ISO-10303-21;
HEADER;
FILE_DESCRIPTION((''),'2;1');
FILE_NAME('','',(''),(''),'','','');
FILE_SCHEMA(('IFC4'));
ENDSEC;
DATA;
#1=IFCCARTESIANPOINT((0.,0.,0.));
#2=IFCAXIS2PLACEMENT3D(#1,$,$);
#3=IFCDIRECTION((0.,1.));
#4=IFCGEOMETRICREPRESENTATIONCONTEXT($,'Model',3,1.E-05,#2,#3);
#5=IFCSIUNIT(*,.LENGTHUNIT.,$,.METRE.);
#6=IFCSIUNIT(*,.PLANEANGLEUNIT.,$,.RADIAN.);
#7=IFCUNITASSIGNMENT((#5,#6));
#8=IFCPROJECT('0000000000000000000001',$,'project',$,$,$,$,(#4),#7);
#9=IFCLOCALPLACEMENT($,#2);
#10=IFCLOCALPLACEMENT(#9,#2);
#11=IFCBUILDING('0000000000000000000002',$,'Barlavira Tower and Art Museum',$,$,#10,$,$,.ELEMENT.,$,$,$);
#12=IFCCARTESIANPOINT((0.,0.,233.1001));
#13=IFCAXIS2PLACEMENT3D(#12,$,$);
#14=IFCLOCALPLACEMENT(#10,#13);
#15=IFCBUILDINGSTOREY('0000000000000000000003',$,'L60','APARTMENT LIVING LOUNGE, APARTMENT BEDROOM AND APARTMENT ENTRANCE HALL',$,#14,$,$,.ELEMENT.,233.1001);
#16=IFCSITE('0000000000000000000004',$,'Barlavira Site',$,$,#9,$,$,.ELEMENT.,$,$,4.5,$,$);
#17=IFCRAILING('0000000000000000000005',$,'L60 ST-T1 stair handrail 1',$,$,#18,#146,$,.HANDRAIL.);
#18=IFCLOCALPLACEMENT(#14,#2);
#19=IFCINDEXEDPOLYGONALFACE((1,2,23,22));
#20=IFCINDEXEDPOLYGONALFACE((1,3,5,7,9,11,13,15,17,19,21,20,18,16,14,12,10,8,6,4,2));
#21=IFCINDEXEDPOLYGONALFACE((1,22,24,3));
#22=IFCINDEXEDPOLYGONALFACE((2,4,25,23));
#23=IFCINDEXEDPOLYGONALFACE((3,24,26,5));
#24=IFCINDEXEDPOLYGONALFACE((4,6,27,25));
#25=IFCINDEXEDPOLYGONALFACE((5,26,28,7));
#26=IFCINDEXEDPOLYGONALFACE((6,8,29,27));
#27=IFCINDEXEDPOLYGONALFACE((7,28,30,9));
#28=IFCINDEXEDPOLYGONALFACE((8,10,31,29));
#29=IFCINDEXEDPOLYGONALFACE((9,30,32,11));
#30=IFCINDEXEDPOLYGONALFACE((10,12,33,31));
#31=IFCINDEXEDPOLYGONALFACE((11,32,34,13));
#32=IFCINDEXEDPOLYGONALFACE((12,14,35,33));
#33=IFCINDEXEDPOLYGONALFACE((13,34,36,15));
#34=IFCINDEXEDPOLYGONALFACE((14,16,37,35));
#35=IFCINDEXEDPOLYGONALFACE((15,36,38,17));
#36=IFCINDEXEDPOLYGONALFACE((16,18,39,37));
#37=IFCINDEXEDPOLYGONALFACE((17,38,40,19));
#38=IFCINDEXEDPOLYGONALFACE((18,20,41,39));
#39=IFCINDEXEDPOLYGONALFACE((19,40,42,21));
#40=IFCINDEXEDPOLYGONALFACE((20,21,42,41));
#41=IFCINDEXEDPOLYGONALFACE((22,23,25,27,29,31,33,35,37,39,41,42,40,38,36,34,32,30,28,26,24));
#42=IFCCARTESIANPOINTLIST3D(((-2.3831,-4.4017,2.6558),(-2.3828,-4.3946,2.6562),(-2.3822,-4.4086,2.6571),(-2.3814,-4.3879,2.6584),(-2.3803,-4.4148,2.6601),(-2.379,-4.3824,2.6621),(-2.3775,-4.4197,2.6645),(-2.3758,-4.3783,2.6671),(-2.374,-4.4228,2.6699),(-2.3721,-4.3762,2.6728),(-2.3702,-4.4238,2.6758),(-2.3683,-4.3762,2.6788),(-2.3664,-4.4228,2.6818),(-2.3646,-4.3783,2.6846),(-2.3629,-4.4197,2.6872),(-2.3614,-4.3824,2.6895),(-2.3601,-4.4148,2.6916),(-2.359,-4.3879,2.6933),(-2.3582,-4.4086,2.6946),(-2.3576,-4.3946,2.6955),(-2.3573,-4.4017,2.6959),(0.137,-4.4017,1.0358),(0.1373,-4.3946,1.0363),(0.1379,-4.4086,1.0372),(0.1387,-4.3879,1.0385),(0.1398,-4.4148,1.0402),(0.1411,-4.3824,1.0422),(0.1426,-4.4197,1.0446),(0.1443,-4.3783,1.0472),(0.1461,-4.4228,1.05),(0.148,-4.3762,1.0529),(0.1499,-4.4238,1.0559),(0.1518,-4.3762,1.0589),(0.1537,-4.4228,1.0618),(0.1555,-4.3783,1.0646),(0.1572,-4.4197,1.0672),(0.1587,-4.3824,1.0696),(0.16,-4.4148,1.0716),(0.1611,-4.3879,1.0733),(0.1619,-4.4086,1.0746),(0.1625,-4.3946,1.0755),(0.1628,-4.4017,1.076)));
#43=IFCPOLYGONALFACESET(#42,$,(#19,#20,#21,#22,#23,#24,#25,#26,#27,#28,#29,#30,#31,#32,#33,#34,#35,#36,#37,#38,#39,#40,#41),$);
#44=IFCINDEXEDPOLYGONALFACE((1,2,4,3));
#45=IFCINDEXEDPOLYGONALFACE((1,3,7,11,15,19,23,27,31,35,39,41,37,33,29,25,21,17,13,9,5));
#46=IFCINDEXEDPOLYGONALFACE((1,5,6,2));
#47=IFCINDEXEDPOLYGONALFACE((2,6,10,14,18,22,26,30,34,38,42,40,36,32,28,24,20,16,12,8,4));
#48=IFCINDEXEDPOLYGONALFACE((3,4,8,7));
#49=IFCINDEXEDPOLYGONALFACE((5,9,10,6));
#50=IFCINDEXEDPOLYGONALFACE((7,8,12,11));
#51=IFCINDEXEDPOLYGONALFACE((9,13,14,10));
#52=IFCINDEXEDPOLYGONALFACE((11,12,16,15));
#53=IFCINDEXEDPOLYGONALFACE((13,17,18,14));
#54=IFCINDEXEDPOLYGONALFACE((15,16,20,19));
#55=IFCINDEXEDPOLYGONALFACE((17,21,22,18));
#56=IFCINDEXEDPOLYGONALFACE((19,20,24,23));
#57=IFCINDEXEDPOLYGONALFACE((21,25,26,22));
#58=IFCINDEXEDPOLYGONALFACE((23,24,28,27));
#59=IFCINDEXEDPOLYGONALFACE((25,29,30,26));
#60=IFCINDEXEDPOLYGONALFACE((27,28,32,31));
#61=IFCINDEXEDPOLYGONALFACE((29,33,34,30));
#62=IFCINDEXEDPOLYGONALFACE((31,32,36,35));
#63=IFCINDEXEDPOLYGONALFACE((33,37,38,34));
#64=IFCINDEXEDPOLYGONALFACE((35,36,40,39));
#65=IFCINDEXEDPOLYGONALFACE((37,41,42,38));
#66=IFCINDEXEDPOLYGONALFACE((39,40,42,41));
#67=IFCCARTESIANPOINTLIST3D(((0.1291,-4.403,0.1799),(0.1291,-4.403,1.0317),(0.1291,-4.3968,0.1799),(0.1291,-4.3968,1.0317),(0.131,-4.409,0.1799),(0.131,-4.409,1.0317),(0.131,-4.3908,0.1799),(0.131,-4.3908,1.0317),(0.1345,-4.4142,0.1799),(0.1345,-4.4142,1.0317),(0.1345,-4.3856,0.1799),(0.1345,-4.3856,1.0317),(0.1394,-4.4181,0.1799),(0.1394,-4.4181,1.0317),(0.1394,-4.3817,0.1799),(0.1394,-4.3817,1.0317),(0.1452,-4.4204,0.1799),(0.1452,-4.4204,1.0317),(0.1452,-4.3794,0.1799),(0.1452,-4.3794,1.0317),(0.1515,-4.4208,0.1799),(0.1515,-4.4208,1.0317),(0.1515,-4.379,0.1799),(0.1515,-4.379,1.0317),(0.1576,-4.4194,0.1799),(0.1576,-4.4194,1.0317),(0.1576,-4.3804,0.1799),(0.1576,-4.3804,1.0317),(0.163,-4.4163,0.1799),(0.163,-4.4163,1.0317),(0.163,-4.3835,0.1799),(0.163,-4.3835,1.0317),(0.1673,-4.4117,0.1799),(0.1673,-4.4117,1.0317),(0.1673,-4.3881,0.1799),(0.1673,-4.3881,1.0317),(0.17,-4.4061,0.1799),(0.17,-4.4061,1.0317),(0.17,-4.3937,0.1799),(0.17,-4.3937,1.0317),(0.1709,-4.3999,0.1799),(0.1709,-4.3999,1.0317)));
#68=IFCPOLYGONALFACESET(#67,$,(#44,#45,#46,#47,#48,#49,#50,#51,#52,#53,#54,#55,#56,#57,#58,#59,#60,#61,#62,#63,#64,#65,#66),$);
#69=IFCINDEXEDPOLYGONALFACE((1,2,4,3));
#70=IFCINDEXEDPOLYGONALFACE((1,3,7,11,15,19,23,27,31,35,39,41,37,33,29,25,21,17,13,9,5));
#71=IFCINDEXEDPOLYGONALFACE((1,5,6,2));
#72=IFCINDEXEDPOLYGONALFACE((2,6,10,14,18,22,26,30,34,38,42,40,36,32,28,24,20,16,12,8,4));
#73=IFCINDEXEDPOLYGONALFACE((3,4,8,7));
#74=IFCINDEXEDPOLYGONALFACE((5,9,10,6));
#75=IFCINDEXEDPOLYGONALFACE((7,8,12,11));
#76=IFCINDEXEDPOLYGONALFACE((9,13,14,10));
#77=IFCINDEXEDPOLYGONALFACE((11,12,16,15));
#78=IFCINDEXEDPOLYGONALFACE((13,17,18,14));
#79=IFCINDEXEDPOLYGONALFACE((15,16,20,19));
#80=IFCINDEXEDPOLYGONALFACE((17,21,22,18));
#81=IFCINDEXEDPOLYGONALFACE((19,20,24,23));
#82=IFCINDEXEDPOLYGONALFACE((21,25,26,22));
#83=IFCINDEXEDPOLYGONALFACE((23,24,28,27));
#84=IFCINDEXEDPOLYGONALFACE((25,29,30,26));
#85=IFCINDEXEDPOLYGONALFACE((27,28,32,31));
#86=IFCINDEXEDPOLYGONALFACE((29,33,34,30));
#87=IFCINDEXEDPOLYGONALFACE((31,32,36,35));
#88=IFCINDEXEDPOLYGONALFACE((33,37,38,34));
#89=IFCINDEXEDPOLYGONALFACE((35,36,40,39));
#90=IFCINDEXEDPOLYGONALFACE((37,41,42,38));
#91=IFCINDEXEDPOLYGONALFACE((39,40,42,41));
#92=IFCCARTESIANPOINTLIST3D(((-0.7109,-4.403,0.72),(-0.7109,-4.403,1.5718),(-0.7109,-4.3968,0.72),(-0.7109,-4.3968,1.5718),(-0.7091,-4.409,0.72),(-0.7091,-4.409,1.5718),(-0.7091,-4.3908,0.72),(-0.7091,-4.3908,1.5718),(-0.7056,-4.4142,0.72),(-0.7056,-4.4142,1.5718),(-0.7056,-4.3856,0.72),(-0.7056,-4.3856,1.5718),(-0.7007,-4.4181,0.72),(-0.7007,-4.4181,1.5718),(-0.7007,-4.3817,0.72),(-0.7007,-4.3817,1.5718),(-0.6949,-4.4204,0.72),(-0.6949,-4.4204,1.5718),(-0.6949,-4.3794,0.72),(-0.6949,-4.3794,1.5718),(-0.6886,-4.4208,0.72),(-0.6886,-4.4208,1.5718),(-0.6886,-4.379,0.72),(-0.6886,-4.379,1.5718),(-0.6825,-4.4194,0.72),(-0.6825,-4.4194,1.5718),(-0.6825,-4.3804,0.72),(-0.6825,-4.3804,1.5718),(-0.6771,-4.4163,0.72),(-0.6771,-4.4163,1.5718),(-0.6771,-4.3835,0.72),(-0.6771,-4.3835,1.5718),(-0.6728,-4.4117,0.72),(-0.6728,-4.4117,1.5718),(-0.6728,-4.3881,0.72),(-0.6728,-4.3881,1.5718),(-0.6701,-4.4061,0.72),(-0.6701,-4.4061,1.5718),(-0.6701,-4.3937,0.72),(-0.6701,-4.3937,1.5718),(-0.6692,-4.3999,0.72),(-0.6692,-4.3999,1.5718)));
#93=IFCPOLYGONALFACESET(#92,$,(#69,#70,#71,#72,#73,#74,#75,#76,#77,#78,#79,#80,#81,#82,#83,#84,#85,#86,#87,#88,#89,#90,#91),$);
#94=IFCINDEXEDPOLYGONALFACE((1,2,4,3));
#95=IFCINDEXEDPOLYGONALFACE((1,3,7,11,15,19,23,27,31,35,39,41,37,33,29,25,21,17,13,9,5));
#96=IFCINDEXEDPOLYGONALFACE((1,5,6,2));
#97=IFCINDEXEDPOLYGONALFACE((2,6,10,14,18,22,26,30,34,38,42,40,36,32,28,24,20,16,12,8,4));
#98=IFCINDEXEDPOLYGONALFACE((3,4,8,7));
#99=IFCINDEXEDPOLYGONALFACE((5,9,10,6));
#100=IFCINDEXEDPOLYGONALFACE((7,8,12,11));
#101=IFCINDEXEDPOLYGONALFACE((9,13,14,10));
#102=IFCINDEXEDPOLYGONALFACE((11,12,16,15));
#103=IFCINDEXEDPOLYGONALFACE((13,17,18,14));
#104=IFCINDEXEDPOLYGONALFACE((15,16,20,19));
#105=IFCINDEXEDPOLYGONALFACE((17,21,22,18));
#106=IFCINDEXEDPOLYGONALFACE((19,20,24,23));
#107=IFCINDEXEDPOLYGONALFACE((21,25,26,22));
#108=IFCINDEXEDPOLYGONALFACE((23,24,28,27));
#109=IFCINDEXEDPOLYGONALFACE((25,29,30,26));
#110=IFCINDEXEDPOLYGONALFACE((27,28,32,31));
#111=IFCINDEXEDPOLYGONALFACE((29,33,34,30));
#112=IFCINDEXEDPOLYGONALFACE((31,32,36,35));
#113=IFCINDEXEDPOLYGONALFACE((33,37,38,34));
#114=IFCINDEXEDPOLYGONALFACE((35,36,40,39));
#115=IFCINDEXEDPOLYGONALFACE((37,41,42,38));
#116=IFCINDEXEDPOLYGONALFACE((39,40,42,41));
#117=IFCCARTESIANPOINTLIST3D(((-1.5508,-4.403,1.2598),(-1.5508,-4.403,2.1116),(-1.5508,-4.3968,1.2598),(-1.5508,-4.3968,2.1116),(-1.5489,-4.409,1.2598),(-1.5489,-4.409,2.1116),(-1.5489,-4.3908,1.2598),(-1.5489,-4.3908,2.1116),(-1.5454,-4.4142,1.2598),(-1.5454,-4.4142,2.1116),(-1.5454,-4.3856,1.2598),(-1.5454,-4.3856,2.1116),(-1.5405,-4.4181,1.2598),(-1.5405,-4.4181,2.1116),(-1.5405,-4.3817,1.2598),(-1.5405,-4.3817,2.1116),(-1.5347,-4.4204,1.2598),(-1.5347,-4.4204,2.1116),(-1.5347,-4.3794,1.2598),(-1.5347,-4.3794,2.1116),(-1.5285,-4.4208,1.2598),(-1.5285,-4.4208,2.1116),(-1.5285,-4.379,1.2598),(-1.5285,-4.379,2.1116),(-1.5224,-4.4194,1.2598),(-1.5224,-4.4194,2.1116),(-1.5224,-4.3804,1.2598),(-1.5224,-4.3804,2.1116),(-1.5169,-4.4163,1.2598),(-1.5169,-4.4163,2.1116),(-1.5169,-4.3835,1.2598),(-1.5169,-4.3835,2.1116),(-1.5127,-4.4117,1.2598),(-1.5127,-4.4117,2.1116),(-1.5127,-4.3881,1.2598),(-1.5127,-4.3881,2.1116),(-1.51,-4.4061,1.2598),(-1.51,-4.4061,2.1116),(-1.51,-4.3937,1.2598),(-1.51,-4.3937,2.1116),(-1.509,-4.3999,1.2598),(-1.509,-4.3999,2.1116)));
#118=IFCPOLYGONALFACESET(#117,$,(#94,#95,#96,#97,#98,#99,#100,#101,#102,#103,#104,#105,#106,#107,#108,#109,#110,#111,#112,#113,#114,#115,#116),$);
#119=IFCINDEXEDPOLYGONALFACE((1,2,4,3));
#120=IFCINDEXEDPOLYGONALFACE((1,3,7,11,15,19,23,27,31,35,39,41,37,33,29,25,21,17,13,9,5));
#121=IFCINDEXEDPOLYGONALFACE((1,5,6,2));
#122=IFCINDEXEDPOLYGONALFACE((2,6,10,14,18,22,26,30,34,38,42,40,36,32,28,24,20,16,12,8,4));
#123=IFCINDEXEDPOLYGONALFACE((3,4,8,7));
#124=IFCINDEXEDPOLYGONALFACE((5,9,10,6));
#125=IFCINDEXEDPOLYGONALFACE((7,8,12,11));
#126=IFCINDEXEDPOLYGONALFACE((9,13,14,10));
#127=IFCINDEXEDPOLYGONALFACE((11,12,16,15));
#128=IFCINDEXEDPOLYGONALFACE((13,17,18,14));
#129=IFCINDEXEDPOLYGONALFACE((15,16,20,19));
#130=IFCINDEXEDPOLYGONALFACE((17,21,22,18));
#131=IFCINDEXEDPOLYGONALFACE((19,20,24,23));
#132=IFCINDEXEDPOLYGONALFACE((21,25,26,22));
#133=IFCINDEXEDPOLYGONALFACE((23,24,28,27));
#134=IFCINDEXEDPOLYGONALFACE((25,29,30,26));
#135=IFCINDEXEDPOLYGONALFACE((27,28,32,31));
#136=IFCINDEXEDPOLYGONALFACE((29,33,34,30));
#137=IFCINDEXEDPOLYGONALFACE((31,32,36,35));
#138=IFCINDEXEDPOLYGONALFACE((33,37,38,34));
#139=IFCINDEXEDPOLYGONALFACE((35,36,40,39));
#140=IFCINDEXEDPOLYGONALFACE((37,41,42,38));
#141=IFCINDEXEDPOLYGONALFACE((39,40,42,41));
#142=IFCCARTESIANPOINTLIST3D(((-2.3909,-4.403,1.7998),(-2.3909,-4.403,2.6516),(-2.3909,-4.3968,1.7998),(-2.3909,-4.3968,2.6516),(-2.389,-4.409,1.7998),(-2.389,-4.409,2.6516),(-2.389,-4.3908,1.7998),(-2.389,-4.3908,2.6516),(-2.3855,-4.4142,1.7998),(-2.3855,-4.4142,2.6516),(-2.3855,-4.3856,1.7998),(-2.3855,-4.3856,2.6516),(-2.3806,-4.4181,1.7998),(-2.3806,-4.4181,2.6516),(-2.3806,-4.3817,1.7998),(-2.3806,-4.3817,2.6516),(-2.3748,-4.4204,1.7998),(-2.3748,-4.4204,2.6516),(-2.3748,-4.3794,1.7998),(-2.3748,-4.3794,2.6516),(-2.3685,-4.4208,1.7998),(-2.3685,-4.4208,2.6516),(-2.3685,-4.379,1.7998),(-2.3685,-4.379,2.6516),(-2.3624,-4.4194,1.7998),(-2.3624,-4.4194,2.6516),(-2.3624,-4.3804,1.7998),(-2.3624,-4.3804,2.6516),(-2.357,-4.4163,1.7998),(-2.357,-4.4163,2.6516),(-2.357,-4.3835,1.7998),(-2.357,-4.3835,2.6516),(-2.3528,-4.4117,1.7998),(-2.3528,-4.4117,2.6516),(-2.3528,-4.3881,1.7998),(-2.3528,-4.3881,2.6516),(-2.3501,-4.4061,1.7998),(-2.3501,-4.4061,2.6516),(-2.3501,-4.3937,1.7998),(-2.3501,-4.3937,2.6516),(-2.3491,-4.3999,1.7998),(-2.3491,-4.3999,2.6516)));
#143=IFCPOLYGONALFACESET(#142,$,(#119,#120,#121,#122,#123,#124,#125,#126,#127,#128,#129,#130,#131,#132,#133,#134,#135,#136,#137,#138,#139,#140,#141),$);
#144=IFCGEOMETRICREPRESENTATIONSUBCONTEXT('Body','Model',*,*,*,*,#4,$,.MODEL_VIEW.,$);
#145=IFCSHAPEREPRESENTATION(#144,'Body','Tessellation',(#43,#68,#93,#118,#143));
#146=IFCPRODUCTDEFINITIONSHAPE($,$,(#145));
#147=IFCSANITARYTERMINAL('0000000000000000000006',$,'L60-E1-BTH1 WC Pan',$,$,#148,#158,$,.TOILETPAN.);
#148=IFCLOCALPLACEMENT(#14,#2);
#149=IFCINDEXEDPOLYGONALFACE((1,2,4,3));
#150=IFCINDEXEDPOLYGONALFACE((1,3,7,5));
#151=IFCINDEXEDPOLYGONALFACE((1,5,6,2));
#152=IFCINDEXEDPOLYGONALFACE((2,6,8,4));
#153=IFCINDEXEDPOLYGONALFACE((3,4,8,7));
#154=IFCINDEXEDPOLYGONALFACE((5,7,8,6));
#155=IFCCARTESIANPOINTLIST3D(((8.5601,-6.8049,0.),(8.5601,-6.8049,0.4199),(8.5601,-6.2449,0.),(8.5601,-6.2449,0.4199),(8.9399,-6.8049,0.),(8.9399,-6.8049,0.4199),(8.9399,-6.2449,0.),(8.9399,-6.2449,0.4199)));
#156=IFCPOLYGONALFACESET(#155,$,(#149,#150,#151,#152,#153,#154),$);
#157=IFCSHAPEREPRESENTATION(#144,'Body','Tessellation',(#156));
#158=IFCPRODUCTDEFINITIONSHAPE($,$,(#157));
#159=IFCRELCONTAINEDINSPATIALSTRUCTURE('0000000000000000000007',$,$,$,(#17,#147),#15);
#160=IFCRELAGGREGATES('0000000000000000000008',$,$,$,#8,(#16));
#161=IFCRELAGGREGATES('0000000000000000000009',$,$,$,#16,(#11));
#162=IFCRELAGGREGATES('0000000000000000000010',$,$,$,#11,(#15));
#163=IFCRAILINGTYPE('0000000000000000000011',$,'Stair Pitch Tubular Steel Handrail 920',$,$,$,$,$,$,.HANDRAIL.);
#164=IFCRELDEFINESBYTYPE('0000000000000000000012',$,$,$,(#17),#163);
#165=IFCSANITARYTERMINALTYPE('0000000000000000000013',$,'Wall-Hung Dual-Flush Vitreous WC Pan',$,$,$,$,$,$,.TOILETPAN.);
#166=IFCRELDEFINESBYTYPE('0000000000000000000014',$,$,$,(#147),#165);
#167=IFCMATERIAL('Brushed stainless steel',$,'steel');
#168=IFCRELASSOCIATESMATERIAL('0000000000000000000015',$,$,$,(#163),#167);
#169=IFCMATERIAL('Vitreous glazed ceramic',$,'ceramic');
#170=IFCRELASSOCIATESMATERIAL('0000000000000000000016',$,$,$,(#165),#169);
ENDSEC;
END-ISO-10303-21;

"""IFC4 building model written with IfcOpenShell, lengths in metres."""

from ifc_helpers import new_model, si_unit, direction, frame, origin, origin_2d, place, context, subcontext, project, spatial, rectangle, circle, extrude, material, type_object, element, save


model = new_model("IFC4")

# Units and contexts
model_context = context("Model", 3, precision=1e-05, world=origin(), true_north=direction((0.0, 1.0)))
body_context = subcontext(model_context, "Body", "Model", "MODEL_VIEW")
ifc_project = project(units=[si_unit("LENGTHUNIT", "METRE"), si_unit("PLANEANGLEUNIT", "RADIAN")], contexts=[model_context])

# Site, building, storey
site_placement = place(None, origin())
site = spatial("IfcSite", under=ifc_project, at=site_placement, Name="Barlavira Site", CompositionType="ELEMENT", RefElevation=4.5)
building_placement = place(site_placement, origin())
building = spatial("IfcBuilding", under=site, at=building_placement, Name="Barlavira Tower and Art Museum", CompositionType="ELEMENT")
storey_placement = place(building_placement, frame((0.0, 0.0, 233.1001)))
storey = spatial("IfcBuildingStorey", under=building, at=storey_placement, Name="L60", Description="APARTMENT LIVING LOUNGE, APARTMENT BEDROOM AND APARTMENT ENTRANCE HALL", CompositionType="ELEMENT", Elevation=233.1001)

# Shared definitions
ifc_material_1 = material(Name="Brushed stainless steel", Category="steel")

# Railing
railing_type_1 = type_object("IfcRailingType", Name="Stair Pitch Tubular Steel Handrail 920", PredefinedType="HANDRAIL", material=ifc_material_1)
railing_1_placement = place(storey_placement, frame((0.1499, -4.3999, 0.1799)))
element("IfcRailing", 1, at=railing_1_placement, inside=storey, type_object=railing_type_1, Name="L60 ST-T1 stair handrail 1", PredefinedType="HANDRAIL", context=body_context, shape_type="SweptSolid", body=[
    extrude(circle(Radius=0.0239, at=origin_2d()), frame((0.0, 0.0, 0.876), z_axis=(-0.8412, 0.0, 0.540725), x_axis=(0.0, -1.0, 0.0)), (0.0, 0.0, 1.0), 2.9958),
    extrude(circle(Radius=0.021, at=origin_2d()), origin(), (0.0, 0.0, 1.0), 0.8518),
    extrude(circle(Radius=0.021, at=origin_2d()), frame((-0.8401, 0.0, 0.54)), (0.0, 0.0, 1.0), 0.8518),
    extrude(circle(Radius=0.021, at=origin_2d()), frame((-1.6799, 0.0, 1.0798)), (0.0, 0.0, 1.0), 0.8518),
    extrude(circle(Radius=0.021, at=origin_2d()), frame((-2.52, 0.0, 1.6199)), (0.0, 0.0, 1.0), 0.8518),
])

# Sanitary terminal
ifc_material_2 = material(Name="Vitreous glazed ceramic", Category="ceramic")
sanitary_terminal_type = type_object("IfcSanitaryTerminalType", Name="Wall-Hung Dual-Flush Vitreous WC Pan", PredefinedType="TOILETPAN", material=ifc_material_2)
sanitary_terminal_placement = place(storey_placement, frame((8.75, -6.5249, 0.0), z_axis=(0.0, 0.0, 1.0), x_axis=(1.0, 0.0, 0.0)))
element("IfcSanitaryTerminal", 2, at=sanitary_terminal_placement, inside=storey, type_object=sanitary_terminal_type, Name="L60-E1-BTH1 WC Pan", PredefinedType="TOILETPAN", context=body_context, shape_type="SweptSolid", body=[
    extrude(rectangle(XDim=0.3799, YDim=0.5601, at=origin_2d()), origin(), (0.0, 0.0, 1.0), 0.4199),
])

save(model, "model.ifc")
